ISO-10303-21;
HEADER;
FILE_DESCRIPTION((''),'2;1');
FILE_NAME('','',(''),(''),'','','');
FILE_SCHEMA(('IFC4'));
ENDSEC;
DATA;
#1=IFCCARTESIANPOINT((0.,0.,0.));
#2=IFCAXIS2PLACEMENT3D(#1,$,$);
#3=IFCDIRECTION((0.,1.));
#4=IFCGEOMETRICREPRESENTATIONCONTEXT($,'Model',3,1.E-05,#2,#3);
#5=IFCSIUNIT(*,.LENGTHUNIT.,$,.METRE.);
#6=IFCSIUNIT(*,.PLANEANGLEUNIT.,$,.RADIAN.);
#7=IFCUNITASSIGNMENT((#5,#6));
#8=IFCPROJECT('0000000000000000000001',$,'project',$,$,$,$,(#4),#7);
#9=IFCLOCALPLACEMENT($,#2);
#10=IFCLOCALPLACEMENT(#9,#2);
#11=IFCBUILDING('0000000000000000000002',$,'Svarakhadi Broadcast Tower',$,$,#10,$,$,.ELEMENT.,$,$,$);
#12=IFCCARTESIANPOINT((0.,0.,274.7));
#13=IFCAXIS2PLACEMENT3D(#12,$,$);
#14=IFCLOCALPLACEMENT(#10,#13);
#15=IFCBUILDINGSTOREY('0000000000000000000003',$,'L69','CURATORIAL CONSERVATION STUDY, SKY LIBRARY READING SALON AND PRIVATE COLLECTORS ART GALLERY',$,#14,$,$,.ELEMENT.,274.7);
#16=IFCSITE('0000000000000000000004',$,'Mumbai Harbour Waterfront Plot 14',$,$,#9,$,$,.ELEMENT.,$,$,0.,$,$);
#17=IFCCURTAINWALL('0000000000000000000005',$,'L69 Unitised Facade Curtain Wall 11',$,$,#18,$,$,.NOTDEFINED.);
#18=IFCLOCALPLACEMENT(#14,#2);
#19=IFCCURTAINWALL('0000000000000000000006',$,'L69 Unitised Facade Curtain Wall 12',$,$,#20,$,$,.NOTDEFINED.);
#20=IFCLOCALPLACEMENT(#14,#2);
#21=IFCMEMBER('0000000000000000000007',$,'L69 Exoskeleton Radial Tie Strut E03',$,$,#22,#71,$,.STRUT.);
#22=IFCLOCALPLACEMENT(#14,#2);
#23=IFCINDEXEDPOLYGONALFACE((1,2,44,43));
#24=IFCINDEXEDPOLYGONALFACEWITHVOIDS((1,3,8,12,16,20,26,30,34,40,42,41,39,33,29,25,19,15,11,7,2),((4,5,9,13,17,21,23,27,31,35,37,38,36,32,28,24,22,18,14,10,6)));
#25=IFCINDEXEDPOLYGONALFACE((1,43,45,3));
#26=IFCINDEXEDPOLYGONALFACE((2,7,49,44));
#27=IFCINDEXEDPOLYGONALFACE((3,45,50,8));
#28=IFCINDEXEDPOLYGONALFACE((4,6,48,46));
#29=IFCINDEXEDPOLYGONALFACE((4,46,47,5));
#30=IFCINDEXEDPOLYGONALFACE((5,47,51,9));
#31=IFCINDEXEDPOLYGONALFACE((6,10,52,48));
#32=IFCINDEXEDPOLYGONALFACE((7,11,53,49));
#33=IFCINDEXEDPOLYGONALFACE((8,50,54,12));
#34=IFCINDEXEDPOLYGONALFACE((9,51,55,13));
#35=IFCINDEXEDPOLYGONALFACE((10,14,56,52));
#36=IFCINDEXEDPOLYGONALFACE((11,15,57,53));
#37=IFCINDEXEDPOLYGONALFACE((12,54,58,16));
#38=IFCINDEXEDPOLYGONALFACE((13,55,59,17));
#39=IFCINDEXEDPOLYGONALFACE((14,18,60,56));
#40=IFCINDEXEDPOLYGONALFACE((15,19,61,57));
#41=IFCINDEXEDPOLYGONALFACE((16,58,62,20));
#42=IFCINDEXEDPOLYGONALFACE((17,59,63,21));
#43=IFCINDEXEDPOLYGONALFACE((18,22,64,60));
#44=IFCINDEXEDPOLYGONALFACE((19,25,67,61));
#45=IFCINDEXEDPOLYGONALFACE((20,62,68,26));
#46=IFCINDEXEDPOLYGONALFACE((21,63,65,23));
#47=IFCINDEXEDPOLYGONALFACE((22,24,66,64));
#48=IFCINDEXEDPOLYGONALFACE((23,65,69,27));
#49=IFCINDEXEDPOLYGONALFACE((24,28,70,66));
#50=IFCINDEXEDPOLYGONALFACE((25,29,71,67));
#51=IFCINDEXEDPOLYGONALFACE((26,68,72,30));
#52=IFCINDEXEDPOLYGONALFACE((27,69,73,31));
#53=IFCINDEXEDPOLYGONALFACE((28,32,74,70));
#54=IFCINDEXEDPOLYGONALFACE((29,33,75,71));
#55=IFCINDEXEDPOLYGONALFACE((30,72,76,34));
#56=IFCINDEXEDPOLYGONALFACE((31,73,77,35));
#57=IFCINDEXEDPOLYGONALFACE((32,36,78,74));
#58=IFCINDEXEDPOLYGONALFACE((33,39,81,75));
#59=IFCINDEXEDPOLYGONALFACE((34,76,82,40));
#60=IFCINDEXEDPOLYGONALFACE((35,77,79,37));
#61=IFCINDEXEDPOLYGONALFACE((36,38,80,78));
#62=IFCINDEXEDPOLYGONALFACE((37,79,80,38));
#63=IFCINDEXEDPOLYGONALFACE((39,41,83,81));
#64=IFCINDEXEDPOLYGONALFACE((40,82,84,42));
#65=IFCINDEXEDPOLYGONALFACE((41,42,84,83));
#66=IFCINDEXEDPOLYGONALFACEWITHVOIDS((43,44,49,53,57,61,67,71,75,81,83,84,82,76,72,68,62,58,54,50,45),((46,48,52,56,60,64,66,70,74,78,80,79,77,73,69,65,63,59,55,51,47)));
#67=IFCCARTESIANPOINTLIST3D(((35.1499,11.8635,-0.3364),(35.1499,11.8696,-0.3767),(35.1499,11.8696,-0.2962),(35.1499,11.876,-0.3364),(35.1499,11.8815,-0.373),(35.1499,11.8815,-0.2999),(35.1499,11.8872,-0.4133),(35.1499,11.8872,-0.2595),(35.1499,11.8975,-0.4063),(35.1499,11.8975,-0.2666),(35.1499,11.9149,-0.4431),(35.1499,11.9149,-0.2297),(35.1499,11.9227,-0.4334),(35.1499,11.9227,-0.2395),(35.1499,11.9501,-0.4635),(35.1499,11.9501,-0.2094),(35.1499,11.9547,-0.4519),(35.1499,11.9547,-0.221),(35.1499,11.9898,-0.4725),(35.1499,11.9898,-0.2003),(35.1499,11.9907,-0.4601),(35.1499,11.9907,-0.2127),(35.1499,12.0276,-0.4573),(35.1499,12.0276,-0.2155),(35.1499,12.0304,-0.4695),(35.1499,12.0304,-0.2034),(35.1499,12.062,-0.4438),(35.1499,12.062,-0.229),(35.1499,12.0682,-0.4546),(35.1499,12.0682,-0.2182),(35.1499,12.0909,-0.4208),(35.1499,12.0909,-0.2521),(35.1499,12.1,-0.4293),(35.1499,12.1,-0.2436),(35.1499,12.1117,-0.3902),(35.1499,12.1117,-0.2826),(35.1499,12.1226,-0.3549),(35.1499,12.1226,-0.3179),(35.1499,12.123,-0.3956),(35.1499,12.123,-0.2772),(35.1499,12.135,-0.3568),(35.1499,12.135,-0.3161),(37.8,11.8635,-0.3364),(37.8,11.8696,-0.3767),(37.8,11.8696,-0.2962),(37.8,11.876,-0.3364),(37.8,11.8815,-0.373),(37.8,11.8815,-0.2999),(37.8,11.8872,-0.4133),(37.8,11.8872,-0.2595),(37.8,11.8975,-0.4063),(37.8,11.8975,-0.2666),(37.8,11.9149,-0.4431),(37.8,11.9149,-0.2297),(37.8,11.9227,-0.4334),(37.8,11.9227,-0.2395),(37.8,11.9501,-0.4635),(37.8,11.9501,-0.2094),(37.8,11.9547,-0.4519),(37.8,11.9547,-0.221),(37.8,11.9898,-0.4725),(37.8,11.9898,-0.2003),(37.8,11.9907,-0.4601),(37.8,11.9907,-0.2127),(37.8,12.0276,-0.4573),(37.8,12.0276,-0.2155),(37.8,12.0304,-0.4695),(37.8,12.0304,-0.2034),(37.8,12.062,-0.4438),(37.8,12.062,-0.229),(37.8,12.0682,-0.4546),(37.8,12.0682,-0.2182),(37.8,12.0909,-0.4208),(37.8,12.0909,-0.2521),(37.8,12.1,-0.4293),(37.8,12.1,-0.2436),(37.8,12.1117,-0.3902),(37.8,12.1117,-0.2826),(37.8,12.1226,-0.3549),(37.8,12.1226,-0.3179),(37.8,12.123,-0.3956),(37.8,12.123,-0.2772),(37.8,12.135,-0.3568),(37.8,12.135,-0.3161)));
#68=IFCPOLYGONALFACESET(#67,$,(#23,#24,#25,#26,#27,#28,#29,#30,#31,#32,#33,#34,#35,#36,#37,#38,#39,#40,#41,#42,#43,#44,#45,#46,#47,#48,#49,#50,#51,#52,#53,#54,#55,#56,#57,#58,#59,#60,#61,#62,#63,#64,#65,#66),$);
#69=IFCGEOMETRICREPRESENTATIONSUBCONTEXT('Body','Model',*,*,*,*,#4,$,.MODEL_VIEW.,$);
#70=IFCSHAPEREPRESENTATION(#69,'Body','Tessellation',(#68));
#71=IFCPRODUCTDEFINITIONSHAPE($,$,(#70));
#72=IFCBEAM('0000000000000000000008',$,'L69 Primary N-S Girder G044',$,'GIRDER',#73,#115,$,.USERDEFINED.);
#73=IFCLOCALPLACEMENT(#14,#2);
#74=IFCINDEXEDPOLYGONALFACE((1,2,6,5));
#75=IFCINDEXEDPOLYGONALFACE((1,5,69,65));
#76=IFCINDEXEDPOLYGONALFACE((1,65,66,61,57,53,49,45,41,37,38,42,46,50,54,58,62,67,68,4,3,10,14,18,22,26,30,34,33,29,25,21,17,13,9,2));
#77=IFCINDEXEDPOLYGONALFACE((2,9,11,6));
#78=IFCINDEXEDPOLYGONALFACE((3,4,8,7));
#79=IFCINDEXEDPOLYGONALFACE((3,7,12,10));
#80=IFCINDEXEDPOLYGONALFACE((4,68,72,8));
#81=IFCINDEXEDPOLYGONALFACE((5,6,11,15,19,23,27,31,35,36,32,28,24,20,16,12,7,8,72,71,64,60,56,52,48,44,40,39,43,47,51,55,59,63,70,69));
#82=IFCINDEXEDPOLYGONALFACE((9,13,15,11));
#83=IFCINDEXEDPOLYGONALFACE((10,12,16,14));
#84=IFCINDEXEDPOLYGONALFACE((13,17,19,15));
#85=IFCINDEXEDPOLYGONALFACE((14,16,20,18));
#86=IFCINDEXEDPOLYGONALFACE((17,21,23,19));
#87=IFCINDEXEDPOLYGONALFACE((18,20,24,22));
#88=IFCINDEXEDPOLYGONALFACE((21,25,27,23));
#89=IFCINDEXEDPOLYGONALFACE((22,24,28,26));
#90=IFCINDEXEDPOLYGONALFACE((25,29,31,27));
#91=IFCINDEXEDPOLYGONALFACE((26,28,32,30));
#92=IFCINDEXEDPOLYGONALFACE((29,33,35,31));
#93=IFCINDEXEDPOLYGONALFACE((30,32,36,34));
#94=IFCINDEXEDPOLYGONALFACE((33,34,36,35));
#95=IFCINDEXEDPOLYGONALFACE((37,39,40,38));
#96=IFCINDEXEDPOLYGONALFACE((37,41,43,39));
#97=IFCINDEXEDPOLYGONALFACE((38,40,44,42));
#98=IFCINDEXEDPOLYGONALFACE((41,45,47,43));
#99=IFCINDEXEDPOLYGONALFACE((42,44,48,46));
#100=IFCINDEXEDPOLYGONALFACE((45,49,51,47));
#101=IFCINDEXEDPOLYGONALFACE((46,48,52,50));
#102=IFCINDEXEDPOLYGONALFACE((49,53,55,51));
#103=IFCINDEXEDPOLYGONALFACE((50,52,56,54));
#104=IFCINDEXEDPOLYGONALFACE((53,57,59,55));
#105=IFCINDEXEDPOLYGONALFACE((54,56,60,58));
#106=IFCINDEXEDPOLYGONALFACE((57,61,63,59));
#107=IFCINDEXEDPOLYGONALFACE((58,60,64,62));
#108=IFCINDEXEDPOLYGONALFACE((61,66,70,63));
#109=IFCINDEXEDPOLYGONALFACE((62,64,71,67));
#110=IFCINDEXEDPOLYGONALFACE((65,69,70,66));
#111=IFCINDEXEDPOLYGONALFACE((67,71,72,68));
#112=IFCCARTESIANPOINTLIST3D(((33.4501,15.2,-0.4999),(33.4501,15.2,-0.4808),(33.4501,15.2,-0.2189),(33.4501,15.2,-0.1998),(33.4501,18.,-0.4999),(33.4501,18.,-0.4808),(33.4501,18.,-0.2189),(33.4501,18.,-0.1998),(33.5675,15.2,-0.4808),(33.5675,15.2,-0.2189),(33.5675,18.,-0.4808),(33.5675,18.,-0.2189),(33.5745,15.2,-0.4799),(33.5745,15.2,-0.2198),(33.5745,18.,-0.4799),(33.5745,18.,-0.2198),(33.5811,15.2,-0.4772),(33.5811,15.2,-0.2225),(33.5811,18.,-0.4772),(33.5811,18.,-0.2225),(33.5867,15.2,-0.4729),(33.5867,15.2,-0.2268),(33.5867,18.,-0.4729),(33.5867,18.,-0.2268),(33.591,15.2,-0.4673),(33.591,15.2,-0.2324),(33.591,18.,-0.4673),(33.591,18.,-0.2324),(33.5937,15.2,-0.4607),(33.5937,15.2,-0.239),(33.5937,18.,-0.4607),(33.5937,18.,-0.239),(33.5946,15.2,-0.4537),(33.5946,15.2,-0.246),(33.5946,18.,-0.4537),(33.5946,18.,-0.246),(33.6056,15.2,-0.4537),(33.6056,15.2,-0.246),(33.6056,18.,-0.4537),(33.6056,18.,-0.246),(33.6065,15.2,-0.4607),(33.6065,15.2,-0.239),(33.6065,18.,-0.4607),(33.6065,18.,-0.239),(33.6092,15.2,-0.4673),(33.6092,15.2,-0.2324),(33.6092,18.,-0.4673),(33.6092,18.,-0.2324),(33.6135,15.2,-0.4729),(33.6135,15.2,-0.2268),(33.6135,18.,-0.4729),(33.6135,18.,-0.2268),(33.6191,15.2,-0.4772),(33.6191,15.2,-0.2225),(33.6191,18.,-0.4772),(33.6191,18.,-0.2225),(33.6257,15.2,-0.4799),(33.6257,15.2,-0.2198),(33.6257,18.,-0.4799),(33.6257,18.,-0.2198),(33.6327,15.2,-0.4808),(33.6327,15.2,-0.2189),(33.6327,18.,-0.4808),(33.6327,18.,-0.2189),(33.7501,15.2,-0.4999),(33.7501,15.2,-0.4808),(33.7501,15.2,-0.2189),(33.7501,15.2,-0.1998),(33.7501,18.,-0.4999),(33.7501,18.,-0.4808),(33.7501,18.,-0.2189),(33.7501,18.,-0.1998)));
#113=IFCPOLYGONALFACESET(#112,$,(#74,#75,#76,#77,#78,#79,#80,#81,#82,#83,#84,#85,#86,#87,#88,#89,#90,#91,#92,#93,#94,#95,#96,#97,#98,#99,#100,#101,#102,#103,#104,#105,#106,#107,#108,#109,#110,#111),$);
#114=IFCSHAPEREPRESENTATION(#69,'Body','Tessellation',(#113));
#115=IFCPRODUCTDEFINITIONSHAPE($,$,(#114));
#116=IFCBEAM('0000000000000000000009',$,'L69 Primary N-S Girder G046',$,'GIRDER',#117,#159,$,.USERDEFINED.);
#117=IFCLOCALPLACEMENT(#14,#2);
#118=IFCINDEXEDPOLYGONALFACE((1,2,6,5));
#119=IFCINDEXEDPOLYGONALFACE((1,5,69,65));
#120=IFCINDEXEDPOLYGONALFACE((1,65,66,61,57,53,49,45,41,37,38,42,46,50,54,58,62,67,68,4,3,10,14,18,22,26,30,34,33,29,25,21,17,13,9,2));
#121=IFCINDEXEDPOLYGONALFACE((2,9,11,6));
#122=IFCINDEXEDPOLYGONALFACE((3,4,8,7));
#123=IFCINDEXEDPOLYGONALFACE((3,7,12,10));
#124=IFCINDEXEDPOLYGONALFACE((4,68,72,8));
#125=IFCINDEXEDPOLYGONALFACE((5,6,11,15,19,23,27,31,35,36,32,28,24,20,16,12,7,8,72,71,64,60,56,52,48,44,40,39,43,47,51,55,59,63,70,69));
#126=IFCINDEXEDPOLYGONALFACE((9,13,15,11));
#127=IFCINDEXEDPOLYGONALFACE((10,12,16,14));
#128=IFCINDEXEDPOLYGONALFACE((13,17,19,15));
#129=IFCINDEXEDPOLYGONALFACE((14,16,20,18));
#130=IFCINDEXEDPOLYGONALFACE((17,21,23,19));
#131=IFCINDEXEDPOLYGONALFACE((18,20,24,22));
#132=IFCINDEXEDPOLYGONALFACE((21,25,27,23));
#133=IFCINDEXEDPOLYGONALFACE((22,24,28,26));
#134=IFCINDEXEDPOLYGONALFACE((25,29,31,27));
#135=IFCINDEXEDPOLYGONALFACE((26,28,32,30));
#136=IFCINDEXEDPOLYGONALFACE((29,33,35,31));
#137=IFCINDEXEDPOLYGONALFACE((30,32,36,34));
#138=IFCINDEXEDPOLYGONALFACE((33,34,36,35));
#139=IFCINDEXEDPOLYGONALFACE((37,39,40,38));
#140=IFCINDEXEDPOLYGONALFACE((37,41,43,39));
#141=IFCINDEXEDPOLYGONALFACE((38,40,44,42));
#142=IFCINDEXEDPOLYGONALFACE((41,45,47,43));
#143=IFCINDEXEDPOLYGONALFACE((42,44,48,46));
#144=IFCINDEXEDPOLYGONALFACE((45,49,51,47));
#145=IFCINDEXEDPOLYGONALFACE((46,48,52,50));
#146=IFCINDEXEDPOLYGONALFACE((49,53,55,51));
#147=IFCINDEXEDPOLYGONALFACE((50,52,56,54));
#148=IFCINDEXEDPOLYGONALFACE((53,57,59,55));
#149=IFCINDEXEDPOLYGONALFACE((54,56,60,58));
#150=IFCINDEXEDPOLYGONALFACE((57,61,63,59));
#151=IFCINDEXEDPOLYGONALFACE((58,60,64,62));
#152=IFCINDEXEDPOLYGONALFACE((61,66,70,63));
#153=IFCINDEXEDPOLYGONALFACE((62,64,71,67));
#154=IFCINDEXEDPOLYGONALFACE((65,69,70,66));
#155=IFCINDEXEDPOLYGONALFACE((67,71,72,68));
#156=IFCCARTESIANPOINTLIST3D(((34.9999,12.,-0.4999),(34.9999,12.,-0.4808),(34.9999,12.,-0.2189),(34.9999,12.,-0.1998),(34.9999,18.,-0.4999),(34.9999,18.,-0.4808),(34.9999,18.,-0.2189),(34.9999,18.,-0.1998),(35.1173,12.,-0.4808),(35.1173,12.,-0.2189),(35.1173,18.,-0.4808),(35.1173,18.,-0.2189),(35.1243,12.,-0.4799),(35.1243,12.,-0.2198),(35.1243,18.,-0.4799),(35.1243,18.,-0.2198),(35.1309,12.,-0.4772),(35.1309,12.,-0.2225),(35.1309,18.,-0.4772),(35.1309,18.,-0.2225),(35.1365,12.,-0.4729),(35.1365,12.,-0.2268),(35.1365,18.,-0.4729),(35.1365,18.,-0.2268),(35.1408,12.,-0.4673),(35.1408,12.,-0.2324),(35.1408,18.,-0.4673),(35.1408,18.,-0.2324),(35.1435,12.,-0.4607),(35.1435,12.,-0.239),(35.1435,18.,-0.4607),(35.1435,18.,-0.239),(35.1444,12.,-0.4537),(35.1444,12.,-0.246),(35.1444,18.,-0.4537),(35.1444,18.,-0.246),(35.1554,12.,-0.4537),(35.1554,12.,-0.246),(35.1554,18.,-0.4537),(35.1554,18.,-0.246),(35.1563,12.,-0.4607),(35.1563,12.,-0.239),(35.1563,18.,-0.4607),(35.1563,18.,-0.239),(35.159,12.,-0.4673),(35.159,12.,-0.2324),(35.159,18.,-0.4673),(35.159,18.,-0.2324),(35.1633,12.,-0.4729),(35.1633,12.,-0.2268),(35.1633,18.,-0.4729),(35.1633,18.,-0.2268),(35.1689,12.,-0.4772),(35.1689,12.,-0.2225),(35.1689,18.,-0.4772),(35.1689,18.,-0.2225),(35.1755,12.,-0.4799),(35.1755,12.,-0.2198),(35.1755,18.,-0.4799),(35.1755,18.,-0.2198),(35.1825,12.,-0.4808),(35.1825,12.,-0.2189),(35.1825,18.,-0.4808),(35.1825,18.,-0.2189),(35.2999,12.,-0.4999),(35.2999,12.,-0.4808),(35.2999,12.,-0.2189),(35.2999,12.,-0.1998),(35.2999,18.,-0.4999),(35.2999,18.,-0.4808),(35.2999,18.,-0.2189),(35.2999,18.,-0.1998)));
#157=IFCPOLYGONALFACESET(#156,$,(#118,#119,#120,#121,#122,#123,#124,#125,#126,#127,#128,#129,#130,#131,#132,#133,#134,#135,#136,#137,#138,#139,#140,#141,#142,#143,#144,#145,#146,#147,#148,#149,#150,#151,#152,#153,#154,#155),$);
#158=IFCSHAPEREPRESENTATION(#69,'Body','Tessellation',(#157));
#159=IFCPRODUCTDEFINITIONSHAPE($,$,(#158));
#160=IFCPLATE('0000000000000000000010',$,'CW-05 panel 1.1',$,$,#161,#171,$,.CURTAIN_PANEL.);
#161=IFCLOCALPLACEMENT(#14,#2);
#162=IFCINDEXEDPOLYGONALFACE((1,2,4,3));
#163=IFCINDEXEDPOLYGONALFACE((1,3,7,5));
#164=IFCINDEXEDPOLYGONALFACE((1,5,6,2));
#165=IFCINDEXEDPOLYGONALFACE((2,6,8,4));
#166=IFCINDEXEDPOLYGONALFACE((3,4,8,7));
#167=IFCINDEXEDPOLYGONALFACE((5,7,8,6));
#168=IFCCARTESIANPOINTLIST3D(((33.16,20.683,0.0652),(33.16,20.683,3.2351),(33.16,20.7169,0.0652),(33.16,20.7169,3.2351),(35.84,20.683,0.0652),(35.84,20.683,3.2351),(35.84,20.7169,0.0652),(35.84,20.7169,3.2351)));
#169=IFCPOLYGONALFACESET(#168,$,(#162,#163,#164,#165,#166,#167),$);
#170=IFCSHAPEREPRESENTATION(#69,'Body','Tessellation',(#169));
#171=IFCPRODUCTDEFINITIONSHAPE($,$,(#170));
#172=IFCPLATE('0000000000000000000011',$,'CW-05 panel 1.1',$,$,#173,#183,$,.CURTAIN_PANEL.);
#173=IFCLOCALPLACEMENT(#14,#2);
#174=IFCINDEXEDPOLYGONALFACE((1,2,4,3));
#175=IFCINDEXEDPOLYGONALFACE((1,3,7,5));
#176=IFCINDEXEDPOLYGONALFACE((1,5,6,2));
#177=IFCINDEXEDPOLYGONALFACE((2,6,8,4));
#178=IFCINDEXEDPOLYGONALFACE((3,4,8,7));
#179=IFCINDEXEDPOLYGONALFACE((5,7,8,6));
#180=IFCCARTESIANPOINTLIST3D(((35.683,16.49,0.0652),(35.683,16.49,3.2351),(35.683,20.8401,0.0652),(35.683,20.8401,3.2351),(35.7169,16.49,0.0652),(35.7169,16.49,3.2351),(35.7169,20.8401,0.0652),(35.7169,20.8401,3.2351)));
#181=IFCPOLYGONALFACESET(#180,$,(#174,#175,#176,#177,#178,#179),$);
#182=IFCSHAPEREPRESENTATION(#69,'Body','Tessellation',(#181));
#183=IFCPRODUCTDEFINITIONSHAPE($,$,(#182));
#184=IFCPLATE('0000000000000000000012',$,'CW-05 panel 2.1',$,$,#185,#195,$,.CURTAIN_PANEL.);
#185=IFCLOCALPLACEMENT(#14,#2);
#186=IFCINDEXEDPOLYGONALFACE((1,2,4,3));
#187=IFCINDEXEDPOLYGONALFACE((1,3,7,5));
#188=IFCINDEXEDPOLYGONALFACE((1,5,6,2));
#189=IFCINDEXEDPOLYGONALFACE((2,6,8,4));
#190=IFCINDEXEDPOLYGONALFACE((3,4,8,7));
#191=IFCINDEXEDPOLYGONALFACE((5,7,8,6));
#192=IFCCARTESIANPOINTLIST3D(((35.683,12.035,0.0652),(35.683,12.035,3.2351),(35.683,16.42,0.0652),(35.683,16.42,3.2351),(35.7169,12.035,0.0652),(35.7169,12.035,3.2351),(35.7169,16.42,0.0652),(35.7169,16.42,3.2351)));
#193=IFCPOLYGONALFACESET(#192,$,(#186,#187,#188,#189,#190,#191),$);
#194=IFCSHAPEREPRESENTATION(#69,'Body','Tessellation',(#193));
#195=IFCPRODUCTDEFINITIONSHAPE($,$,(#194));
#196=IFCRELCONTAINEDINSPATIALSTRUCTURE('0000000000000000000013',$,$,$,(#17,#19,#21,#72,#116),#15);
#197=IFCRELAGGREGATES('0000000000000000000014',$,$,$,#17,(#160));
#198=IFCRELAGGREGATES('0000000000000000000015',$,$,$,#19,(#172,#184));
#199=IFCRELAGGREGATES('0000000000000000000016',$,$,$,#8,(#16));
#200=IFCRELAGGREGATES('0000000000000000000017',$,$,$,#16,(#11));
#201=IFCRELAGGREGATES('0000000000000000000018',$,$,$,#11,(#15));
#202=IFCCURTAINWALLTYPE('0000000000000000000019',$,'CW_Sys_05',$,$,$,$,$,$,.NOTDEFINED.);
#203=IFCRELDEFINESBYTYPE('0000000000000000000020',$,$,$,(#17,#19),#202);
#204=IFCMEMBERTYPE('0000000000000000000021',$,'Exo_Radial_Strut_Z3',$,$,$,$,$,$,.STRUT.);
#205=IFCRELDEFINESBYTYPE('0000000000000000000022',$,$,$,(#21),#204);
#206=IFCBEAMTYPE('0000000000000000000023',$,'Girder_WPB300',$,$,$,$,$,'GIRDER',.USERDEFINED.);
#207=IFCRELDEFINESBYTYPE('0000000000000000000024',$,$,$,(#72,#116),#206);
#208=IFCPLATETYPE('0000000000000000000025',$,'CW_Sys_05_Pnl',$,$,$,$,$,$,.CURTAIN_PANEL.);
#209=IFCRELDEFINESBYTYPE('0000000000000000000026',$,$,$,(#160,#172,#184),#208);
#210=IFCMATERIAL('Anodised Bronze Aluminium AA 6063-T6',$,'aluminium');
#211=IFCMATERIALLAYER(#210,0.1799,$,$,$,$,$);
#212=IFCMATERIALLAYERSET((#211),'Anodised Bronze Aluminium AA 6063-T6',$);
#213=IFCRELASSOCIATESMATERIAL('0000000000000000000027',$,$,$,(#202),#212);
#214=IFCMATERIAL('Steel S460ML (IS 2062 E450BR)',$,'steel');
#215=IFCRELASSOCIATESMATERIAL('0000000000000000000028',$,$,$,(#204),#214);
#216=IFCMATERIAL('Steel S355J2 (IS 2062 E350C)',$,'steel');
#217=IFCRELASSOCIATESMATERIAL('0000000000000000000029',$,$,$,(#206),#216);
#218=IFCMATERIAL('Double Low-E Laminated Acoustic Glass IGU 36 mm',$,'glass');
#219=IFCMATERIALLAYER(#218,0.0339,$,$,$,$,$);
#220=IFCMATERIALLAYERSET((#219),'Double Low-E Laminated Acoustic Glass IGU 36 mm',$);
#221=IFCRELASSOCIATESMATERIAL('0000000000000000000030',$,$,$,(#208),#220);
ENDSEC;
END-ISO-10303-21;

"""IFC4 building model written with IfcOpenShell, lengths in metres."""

from ifc_helpers import new_model, si_unit, direction, frame, origin, origin_2d, place, context, subcontext, project, spatial, rectangle, hollow_circle, i_section, extrude, material, layer, layer_set, material_profile, profile_set, type_object, element, aggregate, save


model = new_model("IFC4")

# Units and contexts
model_context = context("Model", 3, precision=1e-05, world=origin(), true_north=direction((0.0, 1.0)))
body_context = subcontext(model_context, "Body", "Model", "MODEL_VIEW")
ifc_project = project(units=[si_unit("LENGTHUNIT", "METRE"), si_unit("PLANEANGLEUNIT", "RADIAN")], contexts=[model_context])

# Site, building, storey
site_placement = place(None, origin())
site = spatial("IfcSite", under=ifc_project, at=site_placement, Name="Mumbai Harbour Waterfront Plot 14", CompositionType="ELEMENT", RefElevation=0.0)
building_placement = place(site_placement, origin())
building = spatial("IfcBuilding", under=site, at=building_placement, Name="Svarakhadi Broadcast Tower", CompositionType="ELEMENT")
storey_placement = place(building_placement, frame((0.0, 0.0, 274.7)))
storey = spatial("IfcBuildingStorey", under=building, at=storey_placement, Name="L69", Description="CURATORIAL CONSERVATION STUDY, SKY LIBRARY READING SALON AND PRIVATE COLLECTORS ART GALLERY", CompositionType="ELEMENT", Elevation=274.7)

# Shared definitions
ifc_material_1 = material(Name="Steel S460ML (IS 2062 E450BR)", Category="steel")

# Curtain wall
ifc_material_2 = material(Name="Anodised Bronze Aluminium AA 6063-T6", Category="aluminium")
ifc_layer_1 = layer(ifc_material_2, 0.1799)
ifc_layer_set_1 = layer_set([ifc_layer_1], Name="Anodised Bronze Aluminium AA 6063-T6")
curtain_wall_type = type_object("IfcCurtainWallType", Name="CW_Sys_05", PredefinedType="NOTDEFINED", material=ifc_layer_set_1)
curtain_wall_1_placement = place(storey_placement, origin())
curtain_wall_1 = element("IfcCurtainWall", 1, at=curtain_wall_1_placement, inside=storey, type_object=curtain_wall_type, Name="L69 Unitised Facade Curtain Wall 11", PredefinedType="NOTDEFINED")

# Curtain wall
curtain_wall_2_placement = place(storey_placement, origin())
curtain_wall_2 = element("IfcCurtainWall", 2, at=curtain_wall_2_placement, inside=storey, type_object=curtain_wall_type, Name="L69 Unitised Facade Curtain Wall 12", PredefinedType="NOTDEFINED")

# Member
ifc_material_profile_1 = material_profile(ifc_material_1, hollow_circle(Radius=0.1365, WallThickness=0.0125, at=origin_2d()), Name="CHS 273x12.5")
ifc_profile_set_1 = profile_set([ifc_material_profile_1], Name="Steel S460ML (IS 2062 E450BR)")
member_type_1 = type_object("IfcMemberType", Name="Exo_Radial_Strut_Z3", PredefinedType="STRUT", material=ifc_profile_set_1)
member_1_placement = place(storey_placement, frame((37.8, 12.0, -0.3364), z_axis=(-1.0, 0.0, 0.0), x_axis=(0.0, -1.0, 0.0)))
element("IfcMember", 3, at=member_1_placement, inside=storey, type_object=member_type_1, Name="L69 Exoskeleton Radial Tie Strut E03", PredefinedType="STRUT", context=body_context, shape_type="SweptSolid", body=[
    extrude(hollow_circle(Radius=0.1365, WallThickness=0.0125, at=origin_2d()), origin(), (0.0, 0.0, 1.0), 2.6501),
])

# Beams
ifc_material_3 = material(Name="Steel S355J2 (IS 2062 E350C)", Category="steel")
ifc_material_profile_2 = material_profile(ifc_material_3, i_section(OverallWidth=0.3, OverallDepth=0.3, WebThickness=0.011, FlangeThickness=0.019, FilletRadius=0.0271, at=origin_2d()), Name="WPB 300x300x117")
ifc_profile_set_2 = profile_set([ifc_material_profile_2], Name="Steel S355J2 (IS 2062 E350C)")
beam_type = type_object("IfcBeamType", Name="Girder_WPB300", ElementType="GIRDER", PredefinedType="USERDEFINED", material=ifc_profile_set_2)
beam_1_placement = place(storey_placement, frame((33.6001, 15.2, -0.3499), z_axis=(0.0, 1.0, 0.0), x_axis=(-1.0, 0.0, 0.0)))
element("IfcBeam", 4, at=beam_1_placement, inside=storey, type_object=beam_type, Name="L69 Primary N-S Girder G044", ObjectType="GIRDER", PredefinedType="USERDEFINED", context=body_context, shape_type="SweptSolid", body=[
    extrude(i_section(OverallWidth=0.3, OverallDepth=0.3, WebThickness=0.011, FlangeThickness=0.019, FilletRadius=0.0271, at=origin_2d()), origin(), (0.0, 0.0, 1.0), 2.8),
])
beam_2_placement = place(storey_placement, frame((35.1499, 12.0, -0.3499), z_axis=(0.0, 1.0, 0.0), x_axis=(-1.0, 0.0, 0.0)))
element("IfcBeam", 5, at=beam_2_placement, inside=storey, type_object=beam_type, Name="L69 Primary N-S Girder G046", ObjectType="GIRDER", PredefinedType="USERDEFINED", context=body_context, shape_type="SweptSolid", body=[
    extrude(i_section(OverallWidth=0.3, OverallDepth=0.3, WebThickness=0.011, FlangeThickness=0.019, FilletRadius=0.0271, at=origin_2d()), origin(), (0.0, 0.0, 1.0), 6.0),
])

# Plates
ifc_material_4 = material(Name="Double Low-E Laminated Acoustic Glass IGU 36 mm", Category="glass")
ifc_layer_2 = layer(ifc_material_4, 0.0339)
ifc_layer_set_2 = layer_set([ifc_layer_2], Name="Double Low-E Laminated Acoustic Glass IGU 36 mm")
plate_type_1 = type_object("IfcPlateType", Name="CW_Sys_05_Pnl", PredefinedType="CURTAIN_PANEL", material=ifc_layer_set_2)
plate_1_placement = place(storey_placement, frame((34.5, 20.7, 0.0652), z_axis=(0.0, 0.0, 1.0), x_axis=(1.0, 0.0, 0.0)))
plate_1 = element("IfcPlate", 6, at=plate_1_placement, type_object=plate_type_1, Name="CW-05 panel 1.1", PredefinedType="CURTAIN_PANEL", context=body_context, shape_type="SweptSolid", body=[
    extrude(rectangle(XDim=2.6799, YDim=0.0339, at=origin_2d()), origin(), (0.0, 0.0, 1.0), 3.1699),
])
aggregate(curtain_wall_1, [plate_1])
plate_2_placement = place(storey_placement, frame((35.7, 18.665, 0.0652), z_axis=(0.0, 0.0, 1.0), x_axis=(0.0, -1.0, 0.0)))
plate_2 = element("IfcPlate", 7, at=plate_2_placement, type_object=plate_type_1, Name="CW-05 panel 1.1", PredefinedType="CURTAIN_PANEL", context=body_context, shape_type="SweptSolid", body=[
    extrude(rectangle(XDim=4.3501, YDim=0.0339, at=origin_2d()), origin(), (0.0, 0.0, 1.0), 3.1699),
])
plate_3_placement = place(storey_placement, frame((35.7, 14.2275, 0.0652), z_axis=(0.0, 0.0, 1.0), x_axis=(0.0, -1.0, 0.0)))
plate_3 = element("IfcPlate", 8, at=plate_3_placement, type_object=plate_type_1, Name="CW-05 panel 2.1", PredefinedType="CURTAIN_PANEL", context=body_context, shape_type="SweptSolid", body=[
    extrude(rectangle(XDim=4.385, YDim=0.0339, at=origin_2d()), origin(), (0.0, 0.0, 1.0), 3.1699),
])
aggregate(curtain_wall_2, [plate_2, plate_3])

save(model, "model.ifc")
